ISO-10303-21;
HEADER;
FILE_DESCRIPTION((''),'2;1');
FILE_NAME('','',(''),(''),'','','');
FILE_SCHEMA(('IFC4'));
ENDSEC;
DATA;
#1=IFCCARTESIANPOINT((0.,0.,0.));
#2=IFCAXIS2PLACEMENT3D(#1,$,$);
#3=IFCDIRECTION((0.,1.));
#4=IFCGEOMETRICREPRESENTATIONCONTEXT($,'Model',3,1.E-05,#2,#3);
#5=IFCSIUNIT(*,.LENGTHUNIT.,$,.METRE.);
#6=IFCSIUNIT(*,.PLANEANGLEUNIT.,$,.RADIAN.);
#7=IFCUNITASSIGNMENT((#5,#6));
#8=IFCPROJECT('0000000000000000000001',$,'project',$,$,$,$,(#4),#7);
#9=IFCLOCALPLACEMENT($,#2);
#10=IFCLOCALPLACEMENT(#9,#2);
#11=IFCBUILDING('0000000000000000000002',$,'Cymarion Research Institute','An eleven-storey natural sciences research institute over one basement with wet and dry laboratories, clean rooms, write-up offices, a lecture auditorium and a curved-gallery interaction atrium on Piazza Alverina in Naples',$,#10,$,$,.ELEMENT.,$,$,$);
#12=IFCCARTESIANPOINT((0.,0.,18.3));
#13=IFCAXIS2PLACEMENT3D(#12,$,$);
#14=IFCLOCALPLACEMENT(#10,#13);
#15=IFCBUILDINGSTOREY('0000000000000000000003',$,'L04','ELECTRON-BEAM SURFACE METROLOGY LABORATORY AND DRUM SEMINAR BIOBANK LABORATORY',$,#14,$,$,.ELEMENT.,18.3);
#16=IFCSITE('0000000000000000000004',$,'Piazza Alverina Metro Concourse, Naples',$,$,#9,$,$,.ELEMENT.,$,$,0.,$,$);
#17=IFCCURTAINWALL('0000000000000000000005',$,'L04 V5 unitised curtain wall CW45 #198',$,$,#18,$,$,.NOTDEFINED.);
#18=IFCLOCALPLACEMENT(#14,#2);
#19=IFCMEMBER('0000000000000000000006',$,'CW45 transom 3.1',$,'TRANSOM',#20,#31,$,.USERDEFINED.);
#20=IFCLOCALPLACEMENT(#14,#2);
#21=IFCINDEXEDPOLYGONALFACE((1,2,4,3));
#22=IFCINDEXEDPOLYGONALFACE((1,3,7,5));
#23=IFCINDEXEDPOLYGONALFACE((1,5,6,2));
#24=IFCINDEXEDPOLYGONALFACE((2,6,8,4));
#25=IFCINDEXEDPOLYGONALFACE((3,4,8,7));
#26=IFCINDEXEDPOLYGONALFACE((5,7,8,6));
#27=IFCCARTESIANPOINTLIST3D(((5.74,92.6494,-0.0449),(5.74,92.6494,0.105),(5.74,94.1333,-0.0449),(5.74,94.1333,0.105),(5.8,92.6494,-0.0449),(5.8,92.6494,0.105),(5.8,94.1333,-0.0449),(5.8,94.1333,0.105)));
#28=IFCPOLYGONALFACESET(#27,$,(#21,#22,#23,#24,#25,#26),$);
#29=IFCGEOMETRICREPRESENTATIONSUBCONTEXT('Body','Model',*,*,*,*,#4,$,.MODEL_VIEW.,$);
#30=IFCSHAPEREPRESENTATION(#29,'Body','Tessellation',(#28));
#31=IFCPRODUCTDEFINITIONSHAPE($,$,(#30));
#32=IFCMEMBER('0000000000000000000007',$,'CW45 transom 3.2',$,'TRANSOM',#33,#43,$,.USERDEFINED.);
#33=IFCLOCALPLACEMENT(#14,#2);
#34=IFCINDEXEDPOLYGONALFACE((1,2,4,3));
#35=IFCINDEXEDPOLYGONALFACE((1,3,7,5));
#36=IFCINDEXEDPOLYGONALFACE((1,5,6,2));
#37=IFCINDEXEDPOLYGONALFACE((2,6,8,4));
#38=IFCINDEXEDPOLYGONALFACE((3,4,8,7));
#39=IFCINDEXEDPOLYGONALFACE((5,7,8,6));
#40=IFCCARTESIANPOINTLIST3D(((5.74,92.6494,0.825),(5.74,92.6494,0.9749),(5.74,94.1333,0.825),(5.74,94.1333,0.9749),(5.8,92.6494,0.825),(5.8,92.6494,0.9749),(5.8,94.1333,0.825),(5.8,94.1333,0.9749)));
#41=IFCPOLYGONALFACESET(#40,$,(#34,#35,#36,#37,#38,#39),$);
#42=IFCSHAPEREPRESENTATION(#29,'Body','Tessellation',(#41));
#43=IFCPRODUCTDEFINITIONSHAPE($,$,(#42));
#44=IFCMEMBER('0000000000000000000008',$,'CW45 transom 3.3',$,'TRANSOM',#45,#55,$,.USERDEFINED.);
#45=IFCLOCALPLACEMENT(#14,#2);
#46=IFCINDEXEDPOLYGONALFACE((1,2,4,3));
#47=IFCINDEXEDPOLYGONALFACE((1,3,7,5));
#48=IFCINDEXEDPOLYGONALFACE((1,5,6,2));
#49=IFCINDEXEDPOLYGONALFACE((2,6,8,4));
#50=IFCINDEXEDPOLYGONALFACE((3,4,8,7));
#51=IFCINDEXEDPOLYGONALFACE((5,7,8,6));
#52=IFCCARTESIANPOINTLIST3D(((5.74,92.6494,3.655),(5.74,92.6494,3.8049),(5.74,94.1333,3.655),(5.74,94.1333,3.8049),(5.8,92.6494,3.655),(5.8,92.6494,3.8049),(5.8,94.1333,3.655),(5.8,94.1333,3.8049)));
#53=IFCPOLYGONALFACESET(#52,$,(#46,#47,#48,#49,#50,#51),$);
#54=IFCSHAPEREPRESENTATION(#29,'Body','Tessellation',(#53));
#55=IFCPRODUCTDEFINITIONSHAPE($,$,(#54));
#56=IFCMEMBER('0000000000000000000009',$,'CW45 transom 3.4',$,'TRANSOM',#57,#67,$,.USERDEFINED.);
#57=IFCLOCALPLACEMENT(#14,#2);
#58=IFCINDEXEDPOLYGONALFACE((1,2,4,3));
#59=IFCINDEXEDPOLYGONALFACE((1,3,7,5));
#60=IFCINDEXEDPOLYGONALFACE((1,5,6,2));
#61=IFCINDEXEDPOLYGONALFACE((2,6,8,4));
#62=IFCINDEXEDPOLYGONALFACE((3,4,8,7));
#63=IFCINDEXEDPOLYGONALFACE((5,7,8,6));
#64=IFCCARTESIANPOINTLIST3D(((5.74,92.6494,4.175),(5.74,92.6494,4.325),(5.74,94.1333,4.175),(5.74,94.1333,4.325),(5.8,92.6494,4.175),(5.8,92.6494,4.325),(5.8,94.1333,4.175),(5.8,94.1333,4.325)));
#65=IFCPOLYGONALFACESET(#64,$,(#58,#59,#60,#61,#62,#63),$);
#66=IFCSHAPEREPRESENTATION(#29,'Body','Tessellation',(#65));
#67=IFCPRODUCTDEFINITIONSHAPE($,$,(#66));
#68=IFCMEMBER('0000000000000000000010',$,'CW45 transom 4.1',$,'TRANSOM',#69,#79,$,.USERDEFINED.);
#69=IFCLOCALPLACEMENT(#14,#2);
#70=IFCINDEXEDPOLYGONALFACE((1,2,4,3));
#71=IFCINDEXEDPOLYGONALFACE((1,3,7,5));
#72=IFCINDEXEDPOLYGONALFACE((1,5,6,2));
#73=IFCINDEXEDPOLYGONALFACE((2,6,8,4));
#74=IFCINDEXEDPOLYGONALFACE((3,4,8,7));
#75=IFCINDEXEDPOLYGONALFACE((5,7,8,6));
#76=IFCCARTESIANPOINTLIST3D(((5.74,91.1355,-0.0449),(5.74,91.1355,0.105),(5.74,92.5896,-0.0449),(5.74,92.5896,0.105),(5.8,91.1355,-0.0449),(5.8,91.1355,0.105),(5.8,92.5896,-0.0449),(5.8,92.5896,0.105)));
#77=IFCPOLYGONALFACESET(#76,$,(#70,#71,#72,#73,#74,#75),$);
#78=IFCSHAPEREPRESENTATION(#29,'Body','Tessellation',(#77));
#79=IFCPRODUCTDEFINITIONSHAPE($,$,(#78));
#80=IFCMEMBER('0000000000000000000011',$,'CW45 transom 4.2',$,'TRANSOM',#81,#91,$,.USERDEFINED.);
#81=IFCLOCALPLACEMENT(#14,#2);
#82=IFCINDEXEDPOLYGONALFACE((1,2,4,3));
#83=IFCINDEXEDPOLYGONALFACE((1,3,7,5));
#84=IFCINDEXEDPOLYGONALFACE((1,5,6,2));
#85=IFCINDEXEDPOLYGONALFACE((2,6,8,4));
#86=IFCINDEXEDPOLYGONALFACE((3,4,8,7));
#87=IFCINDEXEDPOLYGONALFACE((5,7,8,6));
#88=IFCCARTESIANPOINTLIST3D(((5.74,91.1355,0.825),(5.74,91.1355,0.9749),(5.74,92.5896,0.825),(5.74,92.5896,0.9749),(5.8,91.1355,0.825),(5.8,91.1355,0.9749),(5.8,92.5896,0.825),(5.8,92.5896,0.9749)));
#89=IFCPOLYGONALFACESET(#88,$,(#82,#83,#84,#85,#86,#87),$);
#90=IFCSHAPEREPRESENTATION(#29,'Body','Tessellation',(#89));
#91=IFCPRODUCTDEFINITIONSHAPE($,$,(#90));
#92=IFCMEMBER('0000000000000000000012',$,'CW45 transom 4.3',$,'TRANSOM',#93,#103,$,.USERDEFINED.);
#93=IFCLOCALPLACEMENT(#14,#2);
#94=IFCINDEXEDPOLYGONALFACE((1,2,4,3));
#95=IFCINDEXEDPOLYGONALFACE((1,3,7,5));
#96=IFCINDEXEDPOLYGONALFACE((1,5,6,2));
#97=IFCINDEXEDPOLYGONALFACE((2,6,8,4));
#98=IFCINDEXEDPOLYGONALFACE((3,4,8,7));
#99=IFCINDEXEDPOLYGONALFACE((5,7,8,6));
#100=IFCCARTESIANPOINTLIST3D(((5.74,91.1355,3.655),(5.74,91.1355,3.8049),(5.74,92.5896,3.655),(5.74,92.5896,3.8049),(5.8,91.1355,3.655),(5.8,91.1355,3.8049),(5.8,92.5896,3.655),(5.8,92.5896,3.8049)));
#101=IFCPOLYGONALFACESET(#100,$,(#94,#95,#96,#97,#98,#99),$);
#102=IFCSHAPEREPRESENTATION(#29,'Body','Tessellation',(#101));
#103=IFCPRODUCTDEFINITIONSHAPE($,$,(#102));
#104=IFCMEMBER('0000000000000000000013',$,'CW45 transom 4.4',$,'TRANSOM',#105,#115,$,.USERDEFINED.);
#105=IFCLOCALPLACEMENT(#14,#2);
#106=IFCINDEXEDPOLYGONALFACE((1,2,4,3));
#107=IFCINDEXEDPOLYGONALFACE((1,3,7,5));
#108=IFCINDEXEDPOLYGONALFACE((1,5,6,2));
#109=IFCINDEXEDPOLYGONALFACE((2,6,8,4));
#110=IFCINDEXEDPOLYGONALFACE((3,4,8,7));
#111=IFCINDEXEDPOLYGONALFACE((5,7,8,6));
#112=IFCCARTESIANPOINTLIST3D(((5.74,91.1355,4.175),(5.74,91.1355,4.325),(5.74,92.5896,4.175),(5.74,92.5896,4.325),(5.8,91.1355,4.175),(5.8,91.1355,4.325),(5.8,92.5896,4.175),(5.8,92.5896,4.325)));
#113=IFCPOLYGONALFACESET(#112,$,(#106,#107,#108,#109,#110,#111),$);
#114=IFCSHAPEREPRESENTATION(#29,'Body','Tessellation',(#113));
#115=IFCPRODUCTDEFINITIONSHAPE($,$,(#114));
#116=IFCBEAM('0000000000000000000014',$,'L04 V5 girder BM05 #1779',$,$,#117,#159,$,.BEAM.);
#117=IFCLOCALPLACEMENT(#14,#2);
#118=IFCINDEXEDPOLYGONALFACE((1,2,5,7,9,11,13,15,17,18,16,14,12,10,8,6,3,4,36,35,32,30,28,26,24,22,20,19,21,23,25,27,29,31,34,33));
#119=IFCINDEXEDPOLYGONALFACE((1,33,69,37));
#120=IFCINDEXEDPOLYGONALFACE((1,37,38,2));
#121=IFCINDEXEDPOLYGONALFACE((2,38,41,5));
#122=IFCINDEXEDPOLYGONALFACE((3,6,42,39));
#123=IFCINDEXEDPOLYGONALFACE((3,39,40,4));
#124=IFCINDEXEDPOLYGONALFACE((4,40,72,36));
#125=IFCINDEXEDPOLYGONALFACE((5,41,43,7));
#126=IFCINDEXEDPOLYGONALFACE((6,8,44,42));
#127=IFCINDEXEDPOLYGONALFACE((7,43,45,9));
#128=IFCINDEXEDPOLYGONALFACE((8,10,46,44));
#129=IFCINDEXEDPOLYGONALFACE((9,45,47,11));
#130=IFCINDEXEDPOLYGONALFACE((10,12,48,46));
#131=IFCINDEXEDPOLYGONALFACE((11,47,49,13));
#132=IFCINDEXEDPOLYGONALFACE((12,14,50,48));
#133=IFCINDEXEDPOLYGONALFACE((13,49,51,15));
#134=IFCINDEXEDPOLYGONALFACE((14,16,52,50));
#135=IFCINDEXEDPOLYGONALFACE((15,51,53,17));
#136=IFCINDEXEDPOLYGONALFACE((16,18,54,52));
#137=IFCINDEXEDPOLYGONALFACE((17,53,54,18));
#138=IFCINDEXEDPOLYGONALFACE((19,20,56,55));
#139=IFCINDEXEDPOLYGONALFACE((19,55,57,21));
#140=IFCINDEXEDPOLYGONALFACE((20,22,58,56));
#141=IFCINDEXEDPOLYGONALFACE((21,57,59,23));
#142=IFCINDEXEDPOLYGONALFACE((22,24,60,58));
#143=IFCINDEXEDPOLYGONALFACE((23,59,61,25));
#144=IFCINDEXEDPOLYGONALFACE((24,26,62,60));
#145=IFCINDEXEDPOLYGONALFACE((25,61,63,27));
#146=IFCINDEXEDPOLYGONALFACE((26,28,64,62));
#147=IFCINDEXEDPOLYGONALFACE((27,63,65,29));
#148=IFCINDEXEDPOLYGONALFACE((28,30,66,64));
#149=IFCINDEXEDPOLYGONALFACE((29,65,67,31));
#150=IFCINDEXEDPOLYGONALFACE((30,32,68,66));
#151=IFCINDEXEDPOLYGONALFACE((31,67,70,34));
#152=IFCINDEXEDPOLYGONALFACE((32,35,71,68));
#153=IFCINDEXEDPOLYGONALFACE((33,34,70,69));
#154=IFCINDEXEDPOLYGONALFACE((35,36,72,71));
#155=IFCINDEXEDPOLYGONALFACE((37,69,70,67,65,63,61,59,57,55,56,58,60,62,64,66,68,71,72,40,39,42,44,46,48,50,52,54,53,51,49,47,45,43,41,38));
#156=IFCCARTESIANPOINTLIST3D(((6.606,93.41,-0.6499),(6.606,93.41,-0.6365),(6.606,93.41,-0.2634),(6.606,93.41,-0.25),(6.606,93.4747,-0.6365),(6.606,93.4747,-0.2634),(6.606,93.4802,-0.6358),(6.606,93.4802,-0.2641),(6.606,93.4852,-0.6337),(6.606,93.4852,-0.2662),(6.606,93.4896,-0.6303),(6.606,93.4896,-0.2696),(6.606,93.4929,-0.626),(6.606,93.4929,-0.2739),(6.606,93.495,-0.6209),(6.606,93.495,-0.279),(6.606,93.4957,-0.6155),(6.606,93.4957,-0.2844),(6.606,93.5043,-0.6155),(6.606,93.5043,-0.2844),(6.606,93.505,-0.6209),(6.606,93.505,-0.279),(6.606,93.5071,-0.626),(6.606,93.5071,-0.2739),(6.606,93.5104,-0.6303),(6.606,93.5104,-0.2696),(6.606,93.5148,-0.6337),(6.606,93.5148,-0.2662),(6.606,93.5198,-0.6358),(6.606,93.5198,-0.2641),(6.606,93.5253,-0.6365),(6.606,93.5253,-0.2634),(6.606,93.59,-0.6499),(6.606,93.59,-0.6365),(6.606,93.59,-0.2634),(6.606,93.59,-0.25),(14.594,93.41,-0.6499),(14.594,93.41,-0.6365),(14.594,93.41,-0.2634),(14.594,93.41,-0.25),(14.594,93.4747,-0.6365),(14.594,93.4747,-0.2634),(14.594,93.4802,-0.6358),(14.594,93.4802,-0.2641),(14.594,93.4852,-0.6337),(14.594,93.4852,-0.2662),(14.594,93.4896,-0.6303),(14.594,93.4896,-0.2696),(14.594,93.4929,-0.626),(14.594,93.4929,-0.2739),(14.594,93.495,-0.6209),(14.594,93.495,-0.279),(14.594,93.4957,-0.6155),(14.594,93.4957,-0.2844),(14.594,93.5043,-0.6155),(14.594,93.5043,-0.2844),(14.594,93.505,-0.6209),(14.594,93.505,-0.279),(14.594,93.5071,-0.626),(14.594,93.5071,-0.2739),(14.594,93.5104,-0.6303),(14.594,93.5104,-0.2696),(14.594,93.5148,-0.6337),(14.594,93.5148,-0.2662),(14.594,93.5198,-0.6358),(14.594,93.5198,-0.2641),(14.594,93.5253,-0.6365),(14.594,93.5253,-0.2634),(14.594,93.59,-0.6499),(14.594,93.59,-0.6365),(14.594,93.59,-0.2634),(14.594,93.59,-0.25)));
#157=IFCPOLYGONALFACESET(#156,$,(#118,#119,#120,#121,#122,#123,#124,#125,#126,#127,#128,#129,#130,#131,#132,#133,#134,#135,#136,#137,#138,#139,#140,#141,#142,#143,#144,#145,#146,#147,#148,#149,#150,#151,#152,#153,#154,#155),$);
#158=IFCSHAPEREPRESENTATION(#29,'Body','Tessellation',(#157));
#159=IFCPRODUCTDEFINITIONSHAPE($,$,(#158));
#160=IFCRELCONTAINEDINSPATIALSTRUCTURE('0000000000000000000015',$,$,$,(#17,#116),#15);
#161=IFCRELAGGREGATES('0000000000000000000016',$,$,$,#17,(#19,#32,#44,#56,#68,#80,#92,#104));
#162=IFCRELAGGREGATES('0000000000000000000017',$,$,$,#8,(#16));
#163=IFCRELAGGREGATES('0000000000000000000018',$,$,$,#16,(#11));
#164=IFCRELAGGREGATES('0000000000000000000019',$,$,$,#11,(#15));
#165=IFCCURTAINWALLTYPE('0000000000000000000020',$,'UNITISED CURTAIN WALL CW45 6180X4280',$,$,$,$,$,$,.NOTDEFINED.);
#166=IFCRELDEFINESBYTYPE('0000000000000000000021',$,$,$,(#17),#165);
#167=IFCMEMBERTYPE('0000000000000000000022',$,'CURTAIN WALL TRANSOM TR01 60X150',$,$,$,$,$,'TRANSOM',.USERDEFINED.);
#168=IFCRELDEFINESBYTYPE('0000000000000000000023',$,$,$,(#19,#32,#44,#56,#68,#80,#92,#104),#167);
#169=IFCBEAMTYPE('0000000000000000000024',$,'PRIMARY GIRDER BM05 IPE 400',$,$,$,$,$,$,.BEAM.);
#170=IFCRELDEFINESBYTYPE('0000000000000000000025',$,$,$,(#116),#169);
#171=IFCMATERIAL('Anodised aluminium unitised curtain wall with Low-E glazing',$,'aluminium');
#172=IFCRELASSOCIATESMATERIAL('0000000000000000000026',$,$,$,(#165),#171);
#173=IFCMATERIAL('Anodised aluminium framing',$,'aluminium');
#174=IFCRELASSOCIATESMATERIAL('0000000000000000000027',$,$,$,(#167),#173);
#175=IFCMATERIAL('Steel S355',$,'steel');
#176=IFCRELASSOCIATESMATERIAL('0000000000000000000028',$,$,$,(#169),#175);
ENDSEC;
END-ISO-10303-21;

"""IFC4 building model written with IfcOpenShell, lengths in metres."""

from ifc_helpers import new_model, si_unit, direction, frame, origin, origin_2d, place, context, subcontext, project, spatial, rectangle, i_section, extrude, material, material_profile, profile_set, type_object, element, aggregate, save


model = new_model("IFC4")

# Units and contexts
model_context = context("Model", 3, precision=1e-05, world=origin(), true_north=direction((0.0, 1.0)))
body_context = subcontext(model_context, "Body", "Model", "MODEL_VIEW")
ifc_project = project(units=[si_unit("LENGTHUNIT", "METRE"), si_unit("PLANEANGLEUNIT", "RADIAN")], contexts=[model_context])

# Site, building, storey
site_placement = place(None, origin())
site = spatial("IfcSite", under=ifc_project, at=site_placement, Name="Piazza Alverina Metro Concourse, Naples", CompositionType="ELEMENT", RefElevation=0.0)
building_placement = place(site_placement, origin())
building = spatial("IfcBuilding", under=site, at=building_placement, Name="Cymarion Research Institute", Description="An eleven-storey natural sciences research institute over one basement with wet and dry laboratories, clean rooms, write-up offices, a lecture auditorium and a curved-gallery interaction atrium on Piazza Alverina in Naples", CompositionType="ELEMENT")
storey_placement = place(building_placement, frame((0.0, 0.0, 18.3)))
storey = spatial("IfcBuildingStorey", under=building, at=storey_placement, Name="L04", Description="ELECTRON-BEAM SURFACE METROLOGY LABORATORY AND DRUM SEMINAR BIOBANK LABORATORY", CompositionType="ELEMENT", Elevation=18.3)

# Shared definitions
ifc_material_1 = material(Name="Steel S355", Category="steel")

# Curtain wall, members
ifc_material_2 = material(Name="Anodised aluminium unitised curtain wall with Low-E glazing", Category="aluminium")
curtain_wall_type = type_object("IfcCurtainWallType", Name="UNITISED CURTAIN WALL CW45 6180X4280", PredefinedType="NOTDEFINED", material=ifc_material_2)
curtain_wall_placement = place(storey_placement, origin())
curtain_wall = element("IfcCurtainWall", 1, at=curtain_wall_placement, inside=storey, type_object=curtain_wall_type, Name="L04 V5 unitised curtain wall CW45 #198", PredefinedType="NOTDEFINED")
ifc_material_3 = material(Name="Anodised aluminium framing", Category="aluminium")
ifc_material_profile_1 = material_profile(ifc_material_3, rectangle(XDim=0.0601, YDim=0.1499, at=origin_2d()), Name="ALU TRANSOM 60x150")
ifc_profile_set_1 = profile_set([ifc_material_profile_1], Name="Anodised aluminium framing")
member_type_1 = type_object("IfcMemberType", Name="CURTAIN WALL TRANSOM TR01 60X150", ElementType="TRANSOM", PredefinedType="USERDEFINED", material=ifc_profile_set_1)
member_1_placement = place(storey_placement, frame((5.77, 94.1333, 0.03), z_axis=(0.0, -1.0, 0.0), x_axis=(1.0, 0.0, 0.0)))
member_1 = element("IfcMember", 2, at=member_1_placement, type_object=member_type_1, Name="CW45 transom 3.1", ObjectType="TRANSOM", PredefinedType="USERDEFINED", context=body_context, shape_type="SweptSolid", body=[
    extrude(rectangle(XDim=0.0601, YDim=0.1499, at=origin_2d()), origin(), (0.0, 0.0, 1.0), 1.4839),
])
member_2_placement = place(storey_placement, frame((5.77, 94.1333, 0.8999), z_axis=(0.0, -1.0, 0.0), x_axis=(1.0, 0.0, 0.0)))
member_2 = element("IfcMember", 3, at=member_2_placement, type_object=member_type_1, Name="CW45 transom 3.2", ObjectType="TRANSOM", PredefinedType="USERDEFINED", context=body_context, shape_type="SweptSolid", body=[
    extrude(rectangle(XDim=0.0601, YDim=0.1499, at=origin_2d()), origin(), (0.0, 0.0, 1.0), 1.4839),
])
member_3_placement = place(storey_placement, frame((5.77, 94.1333, 3.73), z_axis=(0.0, -1.0, 0.0), x_axis=(1.0, 0.0, 0.0)))
member_3 = element("IfcMember", 4, at=member_3_placement, type_object=member_type_1, Name="CW45 transom 3.3", ObjectType="TRANSOM", PredefinedType="USERDEFINED", context=body_context, shape_type="SweptSolid", body=[
    extrude(rectangle(XDim=0.0601, YDim=0.1499, at=origin_2d()), origin(), (0.0, 0.0, 1.0), 1.4839),
])
member_4_placement = place(storey_placement, frame((5.77, 94.1333, 4.25), z_axis=(0.0, -1.0, 0.0), x_axis=(1.0, 0.0, 0.0)))
member_4 = element("IfcMember", 5, at=member_4_placement, type_object=member_type_1, Name="CW45 transom 3.4", ObjectType="TRANSOM", PredefinedType="USERDEFINED", context=body_context, shape_type="SweptSolid", body=[
    extrude(rectangle(XDim=0.0601, YDim=0.1499, at=origin_2d()), origin(), (0.0, 0.0, 1.0), 1.4839),
])
member_5_placement = place(storey_placement, frame((5.77, 92.5896, 0.03), z_axis=(0.0, -1.0, 0.0), x_axis=(1.0, 0.0, 0.0)))
member_5 = element("IfcMember", 6, at=member_5_placement, type_object=member_type_1, Name="CW45 transom 4.1", ObjectType="TRANSOM", PredefinedType="USERDEFINED", context=body_context, shape_type="SweptSolid", body=[
    extrude(rectangle(XDim=0.0601, YDim=0.1499, at=origin_2d()), origin(), (0.0, 0.0, 1.0), 1.4541),
])
member_6_placement = place(storey_placement, frame((5.77, 92.5896, 0.8999), z_axis=(0.0, -1.0, 0.0), x_axis=(1.0, 0.0, 0.0)))
member_6 = element("IfcMember", 7, at=member_6_placement, type_object=member_type_1, Name="CW45 transom 4.2", ObjectType="TRANSOM", PredefinedType="USERDEFINED", context=body_context, shape_type="SweptSolid", body=[
    extrude(rectangle(XDim=0.0601, YDim=0.1499, at=origin_2d()), origin(), (0.0, 0.0, 1.0), 1.4541),
])
member_7_placement = place(storey_placement, frame((5.77, 92.5896, 3.73), z_axis=(0.0, -1.0, 0.0), x_axis=(1.0, 0.0, 0.0)))
member_7 = element("IfcMember", 8, at=member_7_placement, type_object=member_type_1, Name="CW45 transom 4.3", ObjectType="TRANSOM", PredefinedType="USERDEFINED", context=body_context, shape_type="SweptSolid", body=[
    extrude(rectangle(XDim=0.0601, YDim=0.1499, at=origin_2d()), origin(), (0.0, 0.0, 1.0), 1.4541),
])
member_8_placement = place(storey_placement, frame((5.77, 92.5896, 4.25), z_axis=(0.0, -1.0, 0.0), x_axis=(1.0, 0.0, 0.0)))
member_8 = element("IfcMember", 9, at=member_8_placement, type_object=member_type_1, Name="CW45 transom 4.4", ObjectType="TRANSOM", PredefinedType="USERDEFINED", context=body_context, shape_type="SweptSolid", body=[
    extrude(rectangle(XDim=0.0601, YDim=0.1499, at=origin_2d()), origin(), (0.0, 0.0, 1.0), 1.4541),
])

# Beam
ifc_material_profile_2 = material_profile(ifc_material_1, i_section(OverallWidth=0.1799, OverallDepth=0.3999, WebThickness=0.0085, FlangeThickness=0.0134, FilletRadius=0.021, at=origin_2d()), Name="IPE 400")
ifc_profile_set_2 = profile_set([ifc_material_profile_2], Name="Steel S355")
beam_type_1 = type_object("IfcBeamType", Name="PRIMARY GIRDER BM05 IPE 400", PredefinedType="BEAM", material=ifc_profile_set_2)
beam_1_placement = place(storey_placement, frame((6.606, 93.5, -0.45), z_axis=(1.0, 0.0, 0.0), x_axis=(0.0, 1.0, 0.0)))
element("IfcBeam", 10, at=beam_1_placement, inside=storey, type_object=beam_type_1, Name="L04 V5 girder BM05 #1779", PredefinedType="BEAM", context=body_context, shape_type="SweptSolid", body=[
    extrude(i_section(OverallWidth=0.1799, OverallDepth=0.3999, WebThickness=0.0085, FlangeThickness=0.0134, FilletRadius=0.021, at=origin_2d()), origin(), (0.0, 0.0, 1.0), 7.988),
])

aggregate(curtain_wall, [member_1, member_2, member_3, member_4, member_5, member_6, member_7, member_8])

save(model, "model.ifc")
